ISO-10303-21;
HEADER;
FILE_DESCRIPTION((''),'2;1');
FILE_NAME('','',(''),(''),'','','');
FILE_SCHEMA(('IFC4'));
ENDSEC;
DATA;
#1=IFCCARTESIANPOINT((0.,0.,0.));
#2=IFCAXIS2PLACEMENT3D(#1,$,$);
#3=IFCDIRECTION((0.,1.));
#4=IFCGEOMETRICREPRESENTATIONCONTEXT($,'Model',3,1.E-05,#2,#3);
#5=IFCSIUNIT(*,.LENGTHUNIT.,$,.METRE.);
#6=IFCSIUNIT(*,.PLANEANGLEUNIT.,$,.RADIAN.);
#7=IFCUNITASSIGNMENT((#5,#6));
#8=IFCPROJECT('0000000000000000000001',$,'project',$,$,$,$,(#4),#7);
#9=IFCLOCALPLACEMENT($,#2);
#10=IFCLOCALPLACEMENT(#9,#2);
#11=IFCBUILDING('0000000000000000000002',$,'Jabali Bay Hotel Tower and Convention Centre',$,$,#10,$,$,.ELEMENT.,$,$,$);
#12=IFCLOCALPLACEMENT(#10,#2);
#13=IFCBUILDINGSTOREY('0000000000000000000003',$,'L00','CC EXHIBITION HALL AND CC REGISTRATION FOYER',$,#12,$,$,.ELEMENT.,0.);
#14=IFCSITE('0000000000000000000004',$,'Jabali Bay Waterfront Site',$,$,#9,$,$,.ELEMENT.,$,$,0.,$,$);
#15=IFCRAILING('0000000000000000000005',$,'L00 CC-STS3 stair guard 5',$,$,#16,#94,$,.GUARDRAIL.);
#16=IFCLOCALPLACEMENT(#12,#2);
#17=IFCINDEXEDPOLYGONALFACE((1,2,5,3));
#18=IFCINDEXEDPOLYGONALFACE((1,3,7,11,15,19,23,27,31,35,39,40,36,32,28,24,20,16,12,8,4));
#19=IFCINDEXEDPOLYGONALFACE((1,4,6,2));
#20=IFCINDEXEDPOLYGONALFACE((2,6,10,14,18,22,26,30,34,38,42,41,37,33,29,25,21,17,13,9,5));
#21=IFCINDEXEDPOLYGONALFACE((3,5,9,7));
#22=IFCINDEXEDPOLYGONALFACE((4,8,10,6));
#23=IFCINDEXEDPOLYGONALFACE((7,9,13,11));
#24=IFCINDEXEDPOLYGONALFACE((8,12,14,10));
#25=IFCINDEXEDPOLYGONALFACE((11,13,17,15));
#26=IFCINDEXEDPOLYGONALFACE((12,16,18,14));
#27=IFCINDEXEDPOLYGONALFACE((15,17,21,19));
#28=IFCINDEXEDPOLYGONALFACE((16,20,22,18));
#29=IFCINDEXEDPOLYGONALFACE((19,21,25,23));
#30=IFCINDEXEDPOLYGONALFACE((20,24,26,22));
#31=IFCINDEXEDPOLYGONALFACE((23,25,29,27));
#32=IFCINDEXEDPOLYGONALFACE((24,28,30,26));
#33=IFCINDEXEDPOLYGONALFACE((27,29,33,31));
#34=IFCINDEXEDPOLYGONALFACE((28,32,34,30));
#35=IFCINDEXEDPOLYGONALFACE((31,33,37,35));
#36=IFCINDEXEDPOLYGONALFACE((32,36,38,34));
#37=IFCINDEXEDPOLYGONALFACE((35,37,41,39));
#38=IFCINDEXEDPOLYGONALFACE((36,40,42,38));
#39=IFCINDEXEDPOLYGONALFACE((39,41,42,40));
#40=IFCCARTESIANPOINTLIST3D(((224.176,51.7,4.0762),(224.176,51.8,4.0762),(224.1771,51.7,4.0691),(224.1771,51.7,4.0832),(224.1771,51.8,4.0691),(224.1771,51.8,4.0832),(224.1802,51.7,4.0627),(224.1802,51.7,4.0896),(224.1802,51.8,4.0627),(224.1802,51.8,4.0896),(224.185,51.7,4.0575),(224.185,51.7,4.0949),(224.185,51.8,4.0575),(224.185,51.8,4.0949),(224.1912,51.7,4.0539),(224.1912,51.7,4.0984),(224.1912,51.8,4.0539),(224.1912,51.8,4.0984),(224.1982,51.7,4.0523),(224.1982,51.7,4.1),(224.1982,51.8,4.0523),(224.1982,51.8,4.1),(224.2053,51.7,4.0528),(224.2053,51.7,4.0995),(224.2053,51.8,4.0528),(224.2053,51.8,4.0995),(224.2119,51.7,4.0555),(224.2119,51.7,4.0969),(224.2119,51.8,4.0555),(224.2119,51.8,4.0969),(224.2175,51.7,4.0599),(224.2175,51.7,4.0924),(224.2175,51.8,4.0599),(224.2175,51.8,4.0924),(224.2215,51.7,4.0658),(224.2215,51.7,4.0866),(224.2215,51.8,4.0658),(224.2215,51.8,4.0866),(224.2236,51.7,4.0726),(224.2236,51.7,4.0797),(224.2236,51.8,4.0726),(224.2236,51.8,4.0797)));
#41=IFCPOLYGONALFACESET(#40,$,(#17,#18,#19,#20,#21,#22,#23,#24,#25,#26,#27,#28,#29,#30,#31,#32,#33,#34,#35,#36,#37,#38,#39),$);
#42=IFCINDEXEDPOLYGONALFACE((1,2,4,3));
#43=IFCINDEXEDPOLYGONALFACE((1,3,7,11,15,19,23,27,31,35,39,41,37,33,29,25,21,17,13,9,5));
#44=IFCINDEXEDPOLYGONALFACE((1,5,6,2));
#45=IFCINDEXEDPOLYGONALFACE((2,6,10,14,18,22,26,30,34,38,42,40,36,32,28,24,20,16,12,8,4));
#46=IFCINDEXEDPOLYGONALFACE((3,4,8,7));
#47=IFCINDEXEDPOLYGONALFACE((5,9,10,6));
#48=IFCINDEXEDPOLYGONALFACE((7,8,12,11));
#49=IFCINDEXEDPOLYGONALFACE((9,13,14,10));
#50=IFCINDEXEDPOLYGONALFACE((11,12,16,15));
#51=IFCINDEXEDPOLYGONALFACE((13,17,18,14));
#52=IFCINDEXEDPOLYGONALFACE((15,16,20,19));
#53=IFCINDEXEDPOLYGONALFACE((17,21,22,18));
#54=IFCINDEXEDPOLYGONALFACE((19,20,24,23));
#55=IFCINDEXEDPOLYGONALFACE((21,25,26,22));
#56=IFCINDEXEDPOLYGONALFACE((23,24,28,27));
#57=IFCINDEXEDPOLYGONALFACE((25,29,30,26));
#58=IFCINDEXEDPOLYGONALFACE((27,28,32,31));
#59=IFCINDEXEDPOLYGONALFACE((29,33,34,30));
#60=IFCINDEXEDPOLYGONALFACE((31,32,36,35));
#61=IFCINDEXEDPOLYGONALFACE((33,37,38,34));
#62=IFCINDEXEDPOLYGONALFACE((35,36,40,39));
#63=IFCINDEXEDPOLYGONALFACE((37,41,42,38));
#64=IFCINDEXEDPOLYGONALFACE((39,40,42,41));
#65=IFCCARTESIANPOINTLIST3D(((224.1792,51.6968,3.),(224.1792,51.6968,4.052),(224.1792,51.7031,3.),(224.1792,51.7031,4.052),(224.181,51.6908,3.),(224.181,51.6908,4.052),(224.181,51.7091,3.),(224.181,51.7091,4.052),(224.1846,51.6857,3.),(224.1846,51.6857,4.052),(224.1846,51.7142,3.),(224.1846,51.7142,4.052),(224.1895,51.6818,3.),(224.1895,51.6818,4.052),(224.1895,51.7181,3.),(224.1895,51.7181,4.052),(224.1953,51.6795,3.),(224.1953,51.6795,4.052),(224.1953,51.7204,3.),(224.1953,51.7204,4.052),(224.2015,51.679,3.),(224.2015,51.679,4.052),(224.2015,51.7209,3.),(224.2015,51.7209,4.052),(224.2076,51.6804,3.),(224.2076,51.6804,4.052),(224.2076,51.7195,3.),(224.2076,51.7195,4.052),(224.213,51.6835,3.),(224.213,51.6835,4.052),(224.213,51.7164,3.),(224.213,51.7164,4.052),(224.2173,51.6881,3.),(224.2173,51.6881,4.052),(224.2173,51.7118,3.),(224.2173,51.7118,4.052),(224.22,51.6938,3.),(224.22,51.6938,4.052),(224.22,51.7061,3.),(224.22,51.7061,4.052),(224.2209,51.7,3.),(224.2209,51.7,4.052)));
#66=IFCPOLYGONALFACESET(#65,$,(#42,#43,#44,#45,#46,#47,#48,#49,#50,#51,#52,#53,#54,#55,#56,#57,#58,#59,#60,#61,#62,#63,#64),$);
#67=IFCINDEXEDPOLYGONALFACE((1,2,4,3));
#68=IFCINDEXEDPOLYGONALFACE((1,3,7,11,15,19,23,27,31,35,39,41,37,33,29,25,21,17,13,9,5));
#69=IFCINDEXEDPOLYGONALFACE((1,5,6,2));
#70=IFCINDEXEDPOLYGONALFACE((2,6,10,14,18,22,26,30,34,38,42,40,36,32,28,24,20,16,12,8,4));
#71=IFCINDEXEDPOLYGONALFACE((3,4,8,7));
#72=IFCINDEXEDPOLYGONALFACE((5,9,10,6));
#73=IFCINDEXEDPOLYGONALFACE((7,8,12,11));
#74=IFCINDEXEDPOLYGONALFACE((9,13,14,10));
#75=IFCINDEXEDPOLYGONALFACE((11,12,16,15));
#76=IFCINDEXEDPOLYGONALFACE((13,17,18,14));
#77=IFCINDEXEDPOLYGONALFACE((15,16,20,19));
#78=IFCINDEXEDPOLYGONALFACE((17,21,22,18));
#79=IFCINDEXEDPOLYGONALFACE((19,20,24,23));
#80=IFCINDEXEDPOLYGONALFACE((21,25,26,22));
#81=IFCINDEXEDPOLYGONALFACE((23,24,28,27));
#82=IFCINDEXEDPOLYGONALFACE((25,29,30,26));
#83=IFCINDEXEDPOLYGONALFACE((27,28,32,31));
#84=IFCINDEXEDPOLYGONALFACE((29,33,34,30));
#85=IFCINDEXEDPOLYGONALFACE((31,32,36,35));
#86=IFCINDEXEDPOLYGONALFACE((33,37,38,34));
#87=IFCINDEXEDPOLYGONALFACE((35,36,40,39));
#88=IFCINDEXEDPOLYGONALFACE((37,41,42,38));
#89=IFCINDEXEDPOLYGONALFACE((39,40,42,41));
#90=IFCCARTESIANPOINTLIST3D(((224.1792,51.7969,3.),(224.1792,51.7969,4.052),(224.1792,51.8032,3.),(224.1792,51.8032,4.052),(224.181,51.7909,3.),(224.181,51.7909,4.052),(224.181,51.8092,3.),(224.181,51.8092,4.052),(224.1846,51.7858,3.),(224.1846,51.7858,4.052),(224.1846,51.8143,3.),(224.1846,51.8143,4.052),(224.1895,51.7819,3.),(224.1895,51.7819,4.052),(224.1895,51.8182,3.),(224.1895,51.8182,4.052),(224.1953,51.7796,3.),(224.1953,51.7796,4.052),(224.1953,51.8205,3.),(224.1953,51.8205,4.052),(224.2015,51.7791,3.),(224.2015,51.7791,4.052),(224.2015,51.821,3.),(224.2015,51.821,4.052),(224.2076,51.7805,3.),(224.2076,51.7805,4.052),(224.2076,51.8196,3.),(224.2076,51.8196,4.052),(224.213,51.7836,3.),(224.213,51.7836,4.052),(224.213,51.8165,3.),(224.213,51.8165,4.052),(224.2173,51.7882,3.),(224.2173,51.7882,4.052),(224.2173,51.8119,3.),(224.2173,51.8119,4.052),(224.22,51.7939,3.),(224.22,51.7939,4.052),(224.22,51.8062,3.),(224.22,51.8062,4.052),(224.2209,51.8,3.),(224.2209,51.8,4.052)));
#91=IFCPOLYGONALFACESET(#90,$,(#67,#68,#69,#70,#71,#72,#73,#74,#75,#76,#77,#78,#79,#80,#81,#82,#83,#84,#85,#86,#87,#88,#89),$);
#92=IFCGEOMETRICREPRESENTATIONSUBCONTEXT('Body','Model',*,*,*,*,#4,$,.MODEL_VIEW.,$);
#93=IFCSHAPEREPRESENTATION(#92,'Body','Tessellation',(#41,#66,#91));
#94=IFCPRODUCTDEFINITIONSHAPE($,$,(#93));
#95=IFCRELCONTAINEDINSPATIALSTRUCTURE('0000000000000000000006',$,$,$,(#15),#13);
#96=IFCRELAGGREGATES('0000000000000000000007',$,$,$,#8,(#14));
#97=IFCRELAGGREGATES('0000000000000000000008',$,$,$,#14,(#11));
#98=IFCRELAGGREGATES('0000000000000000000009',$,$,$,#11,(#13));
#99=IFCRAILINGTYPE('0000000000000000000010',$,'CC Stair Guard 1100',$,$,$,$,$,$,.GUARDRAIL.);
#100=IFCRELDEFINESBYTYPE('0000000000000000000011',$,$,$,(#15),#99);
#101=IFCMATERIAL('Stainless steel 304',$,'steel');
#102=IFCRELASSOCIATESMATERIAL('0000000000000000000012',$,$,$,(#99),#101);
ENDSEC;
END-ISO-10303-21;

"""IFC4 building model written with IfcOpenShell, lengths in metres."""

from ifc_helpers import new_model, si_unit, direction, frame, origin, origin_2d, place, context, subcontext, project, spatial, circle, extrude, material, type_object, element, save


model = new_model("IFC4")

# Units and contexts
model_context = context("Model", 3, precision=1e-05, world=origin(), true_north=direction((0.0, 1.0)))
body_context = subcontext(model_context, "Body", "Model", "MODEL_VIEW")
ifc_project = project(units=[si_unit("LENGTHUNIT", "METRE"), si_unit("PLANEANGLEUNIT", "RADIAN")], contexts=[model_context])

# Site, building, storey
site_placement = place(None, origin())
site = spatial("IfcSite", under=ifc_project, at=site_placement, Name="Jabali Bay Waterfront Site", CompositionType="ELEMENT", RefElevation=0.0)
building_placement = place(site_placement, origin())
building = spatial("IfcBuilding", under=site, at=building_placement, Name="Jabali Bay Hotel Tower and Convention Centre", CompositionType="ELEMENT")
storey_placement = place(building_placement, origin())
storey = spatial("IfcBuildingStorey", under=building, at=storey_placement, Name="L00", Description="CC EXHIBITION HALL AND CC REGISTRATION FOYER", CompositionType="ELEMENT", Elevation=0.0)

# Railing
ifc_material_1 = material(Name="Stainless steel 304", Category="steel")
railing_type_1 = type_object("IfcRailingType", Name="CC Stair Guard 1100", PredefinedType="GUARDRAIL", material=ifc_material_1)
railing_1_placement = place(storey_placement, frame((224.2, 51.7, 3.0)))
element("IfcRailing", 1, at=railing_1_placement, inside=storey, type_object=railing_type_1, Name="L00 CC-STS3 stair guard 5", PredefinedType="GUARDRAIL", context=body_context, shape_type="SweptSolid", body=[
    extrude(circle(Radius=0.0239, at=origin_2d()), frame((0.0, 0.0, 1.0762), z_axis=(0.0, 1.0, 0.0), x_axis=(-1.0, 0.0, 0.0)), (0.0, 0.0, 1.0), 0.1001),
    extrude(circle(Radius=0.021, at=origin_2d()), origin(), (0.0, 0.0, 1.0), 1.052),
    extrude(circle(Radius=0.021, at=origin_2d()), frame((0.0, 0.1001, 0.0)), (0.0, 0.0, 1.0), 1.052),
])

save(model, "model.ifc")
